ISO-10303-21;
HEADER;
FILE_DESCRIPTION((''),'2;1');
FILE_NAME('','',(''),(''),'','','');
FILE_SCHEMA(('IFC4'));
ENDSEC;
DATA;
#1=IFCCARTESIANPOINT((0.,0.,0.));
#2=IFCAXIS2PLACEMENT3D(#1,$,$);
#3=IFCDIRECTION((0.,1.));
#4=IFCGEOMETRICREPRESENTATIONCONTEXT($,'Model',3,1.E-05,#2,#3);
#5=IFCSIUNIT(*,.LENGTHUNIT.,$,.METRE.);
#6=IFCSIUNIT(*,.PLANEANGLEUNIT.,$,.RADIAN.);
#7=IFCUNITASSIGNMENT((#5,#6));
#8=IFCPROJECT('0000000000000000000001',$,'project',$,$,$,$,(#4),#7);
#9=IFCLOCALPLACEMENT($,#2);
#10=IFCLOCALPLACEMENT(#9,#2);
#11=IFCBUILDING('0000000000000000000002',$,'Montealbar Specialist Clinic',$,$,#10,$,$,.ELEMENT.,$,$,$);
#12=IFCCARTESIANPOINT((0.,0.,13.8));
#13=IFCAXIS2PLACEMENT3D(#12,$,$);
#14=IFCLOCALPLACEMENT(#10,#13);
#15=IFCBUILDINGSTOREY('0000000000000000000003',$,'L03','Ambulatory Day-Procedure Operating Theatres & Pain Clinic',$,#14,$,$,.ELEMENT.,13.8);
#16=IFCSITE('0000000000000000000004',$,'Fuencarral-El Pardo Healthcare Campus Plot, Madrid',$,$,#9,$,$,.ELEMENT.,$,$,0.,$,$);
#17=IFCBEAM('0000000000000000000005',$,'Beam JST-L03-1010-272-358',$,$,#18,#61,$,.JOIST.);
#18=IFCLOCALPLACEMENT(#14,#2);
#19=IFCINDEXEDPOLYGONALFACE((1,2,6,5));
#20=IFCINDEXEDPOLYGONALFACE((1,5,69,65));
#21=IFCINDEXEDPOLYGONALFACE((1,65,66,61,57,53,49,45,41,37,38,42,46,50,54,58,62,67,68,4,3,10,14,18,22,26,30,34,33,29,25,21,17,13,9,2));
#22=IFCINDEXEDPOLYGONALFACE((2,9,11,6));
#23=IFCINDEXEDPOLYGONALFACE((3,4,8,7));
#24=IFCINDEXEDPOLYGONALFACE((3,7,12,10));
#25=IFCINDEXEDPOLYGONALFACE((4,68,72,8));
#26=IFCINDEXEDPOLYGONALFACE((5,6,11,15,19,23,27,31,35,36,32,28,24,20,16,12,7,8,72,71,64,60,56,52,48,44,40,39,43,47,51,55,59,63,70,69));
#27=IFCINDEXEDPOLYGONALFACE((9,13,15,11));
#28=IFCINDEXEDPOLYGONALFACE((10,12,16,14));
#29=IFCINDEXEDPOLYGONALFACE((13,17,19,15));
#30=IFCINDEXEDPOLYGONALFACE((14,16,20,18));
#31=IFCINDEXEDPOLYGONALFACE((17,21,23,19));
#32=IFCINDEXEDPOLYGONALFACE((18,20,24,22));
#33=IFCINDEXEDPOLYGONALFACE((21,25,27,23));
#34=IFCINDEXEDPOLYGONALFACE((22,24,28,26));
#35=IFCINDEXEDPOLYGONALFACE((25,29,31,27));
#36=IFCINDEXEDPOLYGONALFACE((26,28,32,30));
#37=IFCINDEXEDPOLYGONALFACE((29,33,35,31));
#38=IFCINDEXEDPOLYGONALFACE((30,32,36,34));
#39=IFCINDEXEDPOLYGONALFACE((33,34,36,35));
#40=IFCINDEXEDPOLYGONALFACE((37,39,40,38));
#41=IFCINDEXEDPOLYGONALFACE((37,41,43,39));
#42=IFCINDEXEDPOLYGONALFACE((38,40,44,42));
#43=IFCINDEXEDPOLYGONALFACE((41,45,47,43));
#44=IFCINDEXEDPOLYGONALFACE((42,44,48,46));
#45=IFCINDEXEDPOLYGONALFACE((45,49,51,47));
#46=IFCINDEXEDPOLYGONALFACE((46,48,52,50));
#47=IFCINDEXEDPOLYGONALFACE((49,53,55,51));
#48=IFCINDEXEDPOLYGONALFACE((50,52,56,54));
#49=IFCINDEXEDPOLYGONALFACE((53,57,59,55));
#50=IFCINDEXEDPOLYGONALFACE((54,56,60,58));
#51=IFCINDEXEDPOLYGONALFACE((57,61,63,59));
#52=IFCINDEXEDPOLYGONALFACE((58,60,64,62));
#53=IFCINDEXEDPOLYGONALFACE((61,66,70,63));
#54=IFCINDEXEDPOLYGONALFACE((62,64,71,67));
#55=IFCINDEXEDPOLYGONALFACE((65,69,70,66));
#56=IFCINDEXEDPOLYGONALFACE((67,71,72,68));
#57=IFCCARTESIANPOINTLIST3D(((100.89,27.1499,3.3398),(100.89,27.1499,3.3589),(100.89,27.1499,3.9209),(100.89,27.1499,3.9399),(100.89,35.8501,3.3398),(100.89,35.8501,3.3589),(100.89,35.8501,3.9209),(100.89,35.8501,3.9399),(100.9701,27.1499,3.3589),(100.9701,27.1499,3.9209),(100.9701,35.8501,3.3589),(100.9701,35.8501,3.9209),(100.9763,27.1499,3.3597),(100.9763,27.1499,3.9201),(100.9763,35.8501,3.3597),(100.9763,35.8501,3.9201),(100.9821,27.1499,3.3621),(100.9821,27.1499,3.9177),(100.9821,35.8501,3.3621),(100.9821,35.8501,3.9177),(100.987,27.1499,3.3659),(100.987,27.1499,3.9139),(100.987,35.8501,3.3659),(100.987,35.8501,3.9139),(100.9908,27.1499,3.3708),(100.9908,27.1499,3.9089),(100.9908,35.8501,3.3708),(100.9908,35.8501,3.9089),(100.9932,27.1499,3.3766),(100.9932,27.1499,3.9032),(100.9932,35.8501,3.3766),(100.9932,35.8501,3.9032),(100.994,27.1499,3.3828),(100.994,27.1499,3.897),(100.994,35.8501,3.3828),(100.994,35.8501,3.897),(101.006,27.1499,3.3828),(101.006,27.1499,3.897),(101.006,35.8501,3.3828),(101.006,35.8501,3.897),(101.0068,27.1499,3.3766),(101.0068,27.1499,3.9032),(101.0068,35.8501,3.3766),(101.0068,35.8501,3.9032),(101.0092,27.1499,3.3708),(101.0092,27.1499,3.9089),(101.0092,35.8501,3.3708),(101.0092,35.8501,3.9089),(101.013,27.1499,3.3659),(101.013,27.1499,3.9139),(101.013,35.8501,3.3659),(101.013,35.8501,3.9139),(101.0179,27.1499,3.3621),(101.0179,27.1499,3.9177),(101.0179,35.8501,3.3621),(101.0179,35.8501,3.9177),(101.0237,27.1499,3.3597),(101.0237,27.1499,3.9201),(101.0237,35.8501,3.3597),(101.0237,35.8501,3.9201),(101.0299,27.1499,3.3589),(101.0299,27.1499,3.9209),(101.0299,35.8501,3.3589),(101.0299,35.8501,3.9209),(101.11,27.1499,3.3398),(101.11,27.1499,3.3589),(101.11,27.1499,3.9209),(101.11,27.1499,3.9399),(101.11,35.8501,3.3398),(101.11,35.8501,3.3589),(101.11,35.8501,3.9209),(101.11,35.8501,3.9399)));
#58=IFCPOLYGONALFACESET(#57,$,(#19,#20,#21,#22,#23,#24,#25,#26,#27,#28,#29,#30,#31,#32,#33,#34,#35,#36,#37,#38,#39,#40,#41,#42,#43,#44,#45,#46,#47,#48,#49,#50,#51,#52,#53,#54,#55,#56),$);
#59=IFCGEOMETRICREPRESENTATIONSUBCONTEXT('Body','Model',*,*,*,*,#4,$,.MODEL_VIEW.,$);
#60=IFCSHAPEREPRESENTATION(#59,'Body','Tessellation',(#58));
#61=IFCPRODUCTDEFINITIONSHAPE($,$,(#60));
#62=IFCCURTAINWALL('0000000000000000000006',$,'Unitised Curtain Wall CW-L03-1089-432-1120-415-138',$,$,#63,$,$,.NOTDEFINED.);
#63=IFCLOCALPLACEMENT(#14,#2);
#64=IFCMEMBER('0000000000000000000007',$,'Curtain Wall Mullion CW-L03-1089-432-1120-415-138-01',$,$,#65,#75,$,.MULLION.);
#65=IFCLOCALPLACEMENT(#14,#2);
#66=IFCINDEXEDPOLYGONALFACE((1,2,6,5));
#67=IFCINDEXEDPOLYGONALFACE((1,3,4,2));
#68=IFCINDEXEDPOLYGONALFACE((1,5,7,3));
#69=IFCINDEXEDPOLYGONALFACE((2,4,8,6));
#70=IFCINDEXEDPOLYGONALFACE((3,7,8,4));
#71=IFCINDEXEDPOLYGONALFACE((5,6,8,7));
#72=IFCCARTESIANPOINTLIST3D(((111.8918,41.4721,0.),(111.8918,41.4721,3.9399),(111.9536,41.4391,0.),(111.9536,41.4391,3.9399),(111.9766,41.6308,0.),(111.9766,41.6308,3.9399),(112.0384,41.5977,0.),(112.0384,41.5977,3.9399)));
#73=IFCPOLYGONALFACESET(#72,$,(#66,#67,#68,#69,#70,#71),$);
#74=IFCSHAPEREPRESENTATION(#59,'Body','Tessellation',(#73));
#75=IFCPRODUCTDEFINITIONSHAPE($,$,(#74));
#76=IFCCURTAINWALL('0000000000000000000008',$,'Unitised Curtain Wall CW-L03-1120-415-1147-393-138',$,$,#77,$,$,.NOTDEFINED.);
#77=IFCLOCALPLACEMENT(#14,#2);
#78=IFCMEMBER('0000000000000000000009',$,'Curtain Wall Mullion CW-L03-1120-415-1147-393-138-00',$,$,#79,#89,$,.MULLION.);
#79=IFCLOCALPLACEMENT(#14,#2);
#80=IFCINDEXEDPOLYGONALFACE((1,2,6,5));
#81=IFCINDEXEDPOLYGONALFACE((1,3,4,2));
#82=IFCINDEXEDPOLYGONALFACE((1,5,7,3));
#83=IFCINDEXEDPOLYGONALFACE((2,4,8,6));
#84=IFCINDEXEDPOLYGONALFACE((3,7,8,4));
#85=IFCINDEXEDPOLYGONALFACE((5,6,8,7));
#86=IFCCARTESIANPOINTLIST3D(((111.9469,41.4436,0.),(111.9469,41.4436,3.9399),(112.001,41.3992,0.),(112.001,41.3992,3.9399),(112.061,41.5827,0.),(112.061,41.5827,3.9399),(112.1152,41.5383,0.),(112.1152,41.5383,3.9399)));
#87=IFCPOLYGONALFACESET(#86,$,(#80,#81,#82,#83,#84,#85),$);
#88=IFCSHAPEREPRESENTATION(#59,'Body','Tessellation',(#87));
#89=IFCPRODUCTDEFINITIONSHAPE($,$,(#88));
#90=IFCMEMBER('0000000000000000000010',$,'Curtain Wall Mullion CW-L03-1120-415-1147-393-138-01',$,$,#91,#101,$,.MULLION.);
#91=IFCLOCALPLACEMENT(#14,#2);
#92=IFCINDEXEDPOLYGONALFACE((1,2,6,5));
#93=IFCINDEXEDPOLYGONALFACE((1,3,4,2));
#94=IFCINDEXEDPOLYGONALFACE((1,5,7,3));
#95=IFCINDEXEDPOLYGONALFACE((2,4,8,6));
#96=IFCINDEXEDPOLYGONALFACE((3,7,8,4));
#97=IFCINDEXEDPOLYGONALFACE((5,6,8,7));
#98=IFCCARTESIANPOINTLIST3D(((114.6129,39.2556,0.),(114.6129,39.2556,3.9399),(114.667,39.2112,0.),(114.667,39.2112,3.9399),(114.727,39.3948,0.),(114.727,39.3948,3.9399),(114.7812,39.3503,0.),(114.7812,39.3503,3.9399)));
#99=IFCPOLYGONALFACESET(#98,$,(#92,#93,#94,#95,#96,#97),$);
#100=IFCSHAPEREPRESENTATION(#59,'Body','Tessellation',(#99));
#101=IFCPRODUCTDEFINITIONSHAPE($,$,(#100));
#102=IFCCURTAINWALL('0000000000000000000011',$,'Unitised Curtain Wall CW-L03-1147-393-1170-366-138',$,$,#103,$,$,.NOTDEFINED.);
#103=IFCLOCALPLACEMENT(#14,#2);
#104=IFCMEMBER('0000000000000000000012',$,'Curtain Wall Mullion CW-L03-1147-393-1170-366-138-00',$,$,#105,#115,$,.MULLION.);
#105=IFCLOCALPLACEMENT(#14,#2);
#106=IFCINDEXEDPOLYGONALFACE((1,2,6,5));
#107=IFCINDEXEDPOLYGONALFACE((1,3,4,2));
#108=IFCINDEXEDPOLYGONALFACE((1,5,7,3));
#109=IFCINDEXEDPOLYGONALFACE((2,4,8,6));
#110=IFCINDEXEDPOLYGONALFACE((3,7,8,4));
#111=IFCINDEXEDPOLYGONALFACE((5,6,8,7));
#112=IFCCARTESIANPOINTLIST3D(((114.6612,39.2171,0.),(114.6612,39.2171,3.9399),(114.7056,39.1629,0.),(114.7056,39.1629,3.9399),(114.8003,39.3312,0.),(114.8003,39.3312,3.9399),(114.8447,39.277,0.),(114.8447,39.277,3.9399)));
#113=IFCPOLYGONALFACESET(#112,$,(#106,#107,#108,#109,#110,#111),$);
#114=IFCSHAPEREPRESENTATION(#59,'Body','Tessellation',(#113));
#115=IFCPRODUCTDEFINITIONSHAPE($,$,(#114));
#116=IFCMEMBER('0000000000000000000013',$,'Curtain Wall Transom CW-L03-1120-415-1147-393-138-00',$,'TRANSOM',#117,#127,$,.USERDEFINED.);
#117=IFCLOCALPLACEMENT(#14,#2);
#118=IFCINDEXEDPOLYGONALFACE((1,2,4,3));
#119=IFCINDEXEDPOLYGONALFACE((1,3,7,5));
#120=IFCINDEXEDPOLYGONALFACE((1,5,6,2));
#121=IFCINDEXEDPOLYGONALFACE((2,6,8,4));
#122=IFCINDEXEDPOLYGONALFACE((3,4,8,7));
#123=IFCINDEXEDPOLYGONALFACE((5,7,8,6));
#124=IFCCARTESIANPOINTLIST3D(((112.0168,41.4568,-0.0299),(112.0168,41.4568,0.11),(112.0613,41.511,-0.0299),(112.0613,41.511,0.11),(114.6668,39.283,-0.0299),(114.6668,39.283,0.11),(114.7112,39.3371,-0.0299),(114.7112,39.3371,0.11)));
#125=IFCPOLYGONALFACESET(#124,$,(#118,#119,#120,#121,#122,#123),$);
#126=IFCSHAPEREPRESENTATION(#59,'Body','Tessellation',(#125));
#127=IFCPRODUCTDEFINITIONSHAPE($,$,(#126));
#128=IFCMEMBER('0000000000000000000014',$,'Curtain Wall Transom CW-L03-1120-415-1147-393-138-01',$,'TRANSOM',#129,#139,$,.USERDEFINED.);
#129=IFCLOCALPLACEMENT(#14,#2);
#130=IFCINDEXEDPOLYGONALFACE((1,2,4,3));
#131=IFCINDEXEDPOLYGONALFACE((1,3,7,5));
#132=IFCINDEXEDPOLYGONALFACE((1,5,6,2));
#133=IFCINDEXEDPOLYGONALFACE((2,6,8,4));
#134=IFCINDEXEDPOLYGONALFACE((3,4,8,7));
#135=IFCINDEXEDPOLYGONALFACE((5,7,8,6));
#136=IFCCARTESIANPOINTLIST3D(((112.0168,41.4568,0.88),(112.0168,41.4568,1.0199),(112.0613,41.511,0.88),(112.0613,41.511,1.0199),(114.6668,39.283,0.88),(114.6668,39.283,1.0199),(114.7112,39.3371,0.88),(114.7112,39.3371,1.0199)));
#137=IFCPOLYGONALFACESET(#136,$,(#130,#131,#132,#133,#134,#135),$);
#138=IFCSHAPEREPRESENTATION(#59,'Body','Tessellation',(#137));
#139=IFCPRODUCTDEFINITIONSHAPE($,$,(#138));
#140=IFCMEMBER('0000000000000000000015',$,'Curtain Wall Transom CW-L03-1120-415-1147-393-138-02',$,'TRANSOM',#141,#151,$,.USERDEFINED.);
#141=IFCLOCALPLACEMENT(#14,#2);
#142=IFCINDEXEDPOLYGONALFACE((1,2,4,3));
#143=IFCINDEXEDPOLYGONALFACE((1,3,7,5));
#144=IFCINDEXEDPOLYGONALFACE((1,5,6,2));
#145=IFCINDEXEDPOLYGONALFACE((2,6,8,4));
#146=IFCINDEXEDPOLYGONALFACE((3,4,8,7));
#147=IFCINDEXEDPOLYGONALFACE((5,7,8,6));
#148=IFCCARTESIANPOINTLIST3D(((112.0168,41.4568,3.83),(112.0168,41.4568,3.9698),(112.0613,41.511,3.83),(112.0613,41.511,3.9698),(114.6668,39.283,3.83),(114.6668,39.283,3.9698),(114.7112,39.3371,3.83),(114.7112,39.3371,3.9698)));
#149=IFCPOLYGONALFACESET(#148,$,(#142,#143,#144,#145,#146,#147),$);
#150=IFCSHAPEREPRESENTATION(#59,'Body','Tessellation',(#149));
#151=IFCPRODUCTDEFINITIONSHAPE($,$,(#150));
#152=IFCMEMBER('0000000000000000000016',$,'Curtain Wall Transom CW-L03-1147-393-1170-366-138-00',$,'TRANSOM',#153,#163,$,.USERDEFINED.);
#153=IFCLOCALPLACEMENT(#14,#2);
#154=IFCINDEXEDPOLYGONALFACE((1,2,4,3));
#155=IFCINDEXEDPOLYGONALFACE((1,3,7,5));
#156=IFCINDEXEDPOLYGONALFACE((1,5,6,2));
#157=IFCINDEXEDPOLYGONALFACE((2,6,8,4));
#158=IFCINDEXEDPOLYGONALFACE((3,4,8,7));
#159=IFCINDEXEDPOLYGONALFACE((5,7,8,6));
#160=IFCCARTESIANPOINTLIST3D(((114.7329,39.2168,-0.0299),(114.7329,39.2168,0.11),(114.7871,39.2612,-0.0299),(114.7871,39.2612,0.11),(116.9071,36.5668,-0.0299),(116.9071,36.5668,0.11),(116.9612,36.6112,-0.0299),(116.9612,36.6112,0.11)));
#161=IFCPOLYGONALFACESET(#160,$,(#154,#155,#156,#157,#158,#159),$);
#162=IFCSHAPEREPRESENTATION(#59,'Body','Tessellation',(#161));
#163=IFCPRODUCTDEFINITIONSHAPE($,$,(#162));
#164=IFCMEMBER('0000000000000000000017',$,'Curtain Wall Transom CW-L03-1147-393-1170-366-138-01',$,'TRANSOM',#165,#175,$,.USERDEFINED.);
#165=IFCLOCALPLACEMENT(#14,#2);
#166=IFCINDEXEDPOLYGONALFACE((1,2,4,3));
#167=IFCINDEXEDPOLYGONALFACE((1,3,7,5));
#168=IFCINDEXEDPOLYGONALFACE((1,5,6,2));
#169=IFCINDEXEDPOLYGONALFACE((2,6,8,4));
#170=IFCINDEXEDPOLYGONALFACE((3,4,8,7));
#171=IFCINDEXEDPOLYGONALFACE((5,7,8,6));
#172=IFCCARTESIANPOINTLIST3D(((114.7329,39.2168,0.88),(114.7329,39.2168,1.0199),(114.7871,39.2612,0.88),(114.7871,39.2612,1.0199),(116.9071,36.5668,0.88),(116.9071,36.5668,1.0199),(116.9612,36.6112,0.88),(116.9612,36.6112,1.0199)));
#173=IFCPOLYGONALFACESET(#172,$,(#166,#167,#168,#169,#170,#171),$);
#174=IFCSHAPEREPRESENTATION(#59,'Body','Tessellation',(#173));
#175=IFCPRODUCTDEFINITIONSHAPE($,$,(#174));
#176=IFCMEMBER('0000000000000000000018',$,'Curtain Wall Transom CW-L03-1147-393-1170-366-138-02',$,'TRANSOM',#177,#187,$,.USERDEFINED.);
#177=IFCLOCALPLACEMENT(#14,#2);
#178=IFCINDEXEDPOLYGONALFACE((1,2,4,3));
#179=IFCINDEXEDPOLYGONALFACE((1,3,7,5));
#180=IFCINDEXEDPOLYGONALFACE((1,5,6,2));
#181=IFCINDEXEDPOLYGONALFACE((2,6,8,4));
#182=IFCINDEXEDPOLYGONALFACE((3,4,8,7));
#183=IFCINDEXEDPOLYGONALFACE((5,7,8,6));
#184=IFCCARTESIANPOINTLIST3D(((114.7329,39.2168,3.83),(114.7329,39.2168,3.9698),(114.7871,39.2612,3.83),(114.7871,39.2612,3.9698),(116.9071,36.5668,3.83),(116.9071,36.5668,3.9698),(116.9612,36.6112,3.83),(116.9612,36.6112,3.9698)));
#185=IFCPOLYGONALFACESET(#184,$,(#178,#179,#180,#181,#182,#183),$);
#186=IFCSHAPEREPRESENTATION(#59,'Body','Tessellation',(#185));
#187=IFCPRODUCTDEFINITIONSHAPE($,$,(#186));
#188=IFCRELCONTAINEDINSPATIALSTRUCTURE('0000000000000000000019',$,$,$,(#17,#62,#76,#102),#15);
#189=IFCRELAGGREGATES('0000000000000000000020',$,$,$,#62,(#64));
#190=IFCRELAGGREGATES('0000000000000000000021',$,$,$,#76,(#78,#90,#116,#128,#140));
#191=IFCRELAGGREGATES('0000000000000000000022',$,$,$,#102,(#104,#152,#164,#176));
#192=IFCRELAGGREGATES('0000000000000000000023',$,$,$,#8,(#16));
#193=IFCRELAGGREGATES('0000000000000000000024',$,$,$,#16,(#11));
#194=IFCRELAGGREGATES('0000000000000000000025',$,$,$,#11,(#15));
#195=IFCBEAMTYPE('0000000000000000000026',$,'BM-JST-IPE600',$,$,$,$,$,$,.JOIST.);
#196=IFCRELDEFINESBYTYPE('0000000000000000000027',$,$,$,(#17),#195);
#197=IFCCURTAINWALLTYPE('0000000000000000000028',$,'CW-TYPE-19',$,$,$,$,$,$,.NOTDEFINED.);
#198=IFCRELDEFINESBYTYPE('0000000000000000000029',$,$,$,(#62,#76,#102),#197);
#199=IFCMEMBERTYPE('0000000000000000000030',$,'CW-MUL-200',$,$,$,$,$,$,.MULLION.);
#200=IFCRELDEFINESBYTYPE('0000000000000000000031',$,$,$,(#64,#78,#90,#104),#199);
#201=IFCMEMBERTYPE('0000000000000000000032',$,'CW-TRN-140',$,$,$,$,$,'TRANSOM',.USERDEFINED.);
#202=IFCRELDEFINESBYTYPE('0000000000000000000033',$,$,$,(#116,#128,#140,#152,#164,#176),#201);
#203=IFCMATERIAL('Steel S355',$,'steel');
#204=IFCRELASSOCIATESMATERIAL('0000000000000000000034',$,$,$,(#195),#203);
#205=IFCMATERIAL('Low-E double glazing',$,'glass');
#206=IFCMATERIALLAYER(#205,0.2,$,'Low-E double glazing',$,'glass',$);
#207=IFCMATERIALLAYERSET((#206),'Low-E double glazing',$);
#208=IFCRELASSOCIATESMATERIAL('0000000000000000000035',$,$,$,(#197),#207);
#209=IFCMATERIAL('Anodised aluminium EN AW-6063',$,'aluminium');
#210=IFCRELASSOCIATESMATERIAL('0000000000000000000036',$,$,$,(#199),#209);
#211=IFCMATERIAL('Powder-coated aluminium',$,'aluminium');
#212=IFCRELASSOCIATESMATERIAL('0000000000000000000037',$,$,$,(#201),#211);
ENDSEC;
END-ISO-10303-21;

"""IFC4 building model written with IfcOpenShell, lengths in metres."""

from ifc_helpers import new_model, si_unit, direction, frame, origin, origin_2d, place, context, subcontext, project, spatial, rectangle, i_section, extrude, material, layer, layer_set, material_profile, profile_set, type_object, element, aggregate, save


model = new_model("IFC4")

# Units and contexts
model_context = context("Model", 3, precision=1e-05, world=origin(), true_north=direction((0.0, 1.0)))
body_context = subcontext(model_context, "Body", "Model", "MODEL_VIEW")
ifc_project = project(units=[si_unit("LENGTHUNIT", "METRE"), si_unit("PLANEANGLEUNIT", "RADIAN")], contexts=[model_context])

# Site, building, storey
site_placement = place(None, origin())
site = spatial("IfcSite", under=ifc_project, at=site_placement, Name="Fuencarral-El Pardo Healthcare Campus Plot, Madrid", CompositionType="ELEMENT", RefElevation=0.0)
building_placement = place(site_placement, origin())
building = spatial("IfcBuilding", under=site, at=building_placement, Name="Montealbar Specialist Clinic", CompositionType="ELEMENT")
storey_placement = place(building_placement, frame((0.0, 0.0, 13.8)))
storey = spatial("IfcBuildingStorey", under=building, at=storey_placement, Name="L03", Description="Ambulatory Day-Procedure Operating Theatres & Pain Clinic", CompositionType="ELEMENT", Elevation=13.8)

# Shared definitions
ifc_material_1 = material(Name="Steel S355", Category="steel")

# Beam
ifc_material_profile_1 = material_profile(ifc_material_1, i_section(OverallWidth=0.22, OverallDepth=0.6001, WebThickness=0.012, FlangeThickness=0.019, FilletRadius=0.0239, at=origin_2d()), Name="IPE 600", Category="steel")
ifc_profile_set_1 = profile_set([ifc_material_profile_1], Name="Steel S355")
beam_type_1 = type_object("IfcBeamType", Name="BM-JST-IPE600", PredefinedType="JOIST", material=ifc_profile_set_1)
beam_1_placement = place(storey_placement, frame((101.0, 27.1499, 3.6399), z_axis=(0.0, 1.0, 0.0), x_axis=(-1.0, 0.0, 0.0)))
element("IfcBeam", 1, at=beam_1_placement, inside=storey, type_object=beam_type_1, Name="Beam JST-L03-1010-272-358", PredefinedType="JOIST", context=body_context, shape_type="SweptSolid", body=[
    extrude(i_section(OverallWidth=0.22, OverallDepth=0.6001, WebThickness=0.012, FlangeThickness=0.019, FilletRadius=0.0239, at=origin_2d()), origin(), (0.0, 0.0, 1.0), 8.7002),
])

# Curtain wall, member
ifc_material_2 = material(Name="Low-E double glazing", Category="glass")
ifc_layer_1 = layer(ifc_material_2, 0.2, Name="Low-E double glazing", Category="glass")
ifc_layer_set_1 = layer_set([ifc_layer_1], Name="Low-E double glazing")
curtain_wall_type = type_object("IfcCurtainWallType", Name="CW-TYPE-19", PredefinedType="NOTDEFINED", material=ifc_layer_set_1)
curtain_wall_1_placement = place(storey_placement, origin())
curtain_wall_1 = element("IfcCurtainWall", 2, at=curtain_wall_1_placement, inside=storey, type_object=curtain_wall_type, Name="Unitised Curtain Wall CW-L03-1089-432-1120-415-138", PredefinedType="NOTDEFINED")
ifc_material_3 = material(Name="Anodised aluminium EN AW-6063", Category="aluminium")
ifc_material_profile_2 = material_profile(ifc_material_3, rectangle(XDim=0.0701, YDim=0.1799, at=origin_2d()), Name="ALU 70x180", Category="aluminium")
ifc_profile_set_2 = profile_set([ifc_material_profile_2], Name="Anodised aluminium EN AW-6063")
member_type_1 = type_object("IfcMemberType", Name="CW-MUL-200", PredefinedType="MULLION", material=ifc_profile_set_2)
member_1_placement = place(storey_placement, frame((111.9651, 41.5349, 0.0), z_axis=(0.0, 0.0, 1.0), x_axis=(0.88185, -0.471529, 0.0)))
member_1 = element("IfcMember", 3, at=member_1_placement, type_object=member_type_1, Name="Curtain Wall Mullion CW-L03-1089-432-1120-415-138-01", PredefinedType="MULLION", context=body_context, shape_type="SweptSolid", body=[
    extrude(rectangle(XDim=0.0701, YDim=0.1799, at=origin_2d()), origin(), (0.0, 0.0, 1.0), 3.9399),
])
aggregate(curtain_wall_1, [member_1])

# Curtain wall, members
curtain_wall_2_placement = place(storey_placement, origin())
curtain_wall_2 = element("IfcCurtainWall", 4, at=curtain_wall_2_placement, inside=storey, type_object=curtain_wall_type, Name="Unitised Curtain Wall CW-L03-1120-415-1147-393-138", PredefinedType="NOTDEFINED")
member_2_placement = place(storey_placement, frame((112.031, 41.491, 0.0), z_axis=(0.0, 0.0, 1.0), x_axis=(0.773123, -0.634256, 0.0)))
member_2 = element("IfcMember", 5, at=member_2_placement, type_object=member_type_1, Name="Curtain Wall Mullion CW-L03-1120-415-1147-393-138-00", PredefinedType="MULLION", context=body_context, shape_type="SweptSolid", body=[
    extrude(rectangle(XDim=0.0701, YDim=0.1799, at=origin_2d()), origin(), (0.0, 0.0, 1.0), 3.9399),
])
member_3_placement = place(storey_placement, frame((114.697, 39.303, 0.0), z_axis=(0.0, 0.0, 1.0), x_axis=(0.773123, -0.634256, 0.0)))
member_3 = element("IfcMember", 6, at=member_3_placement, type_object=member_type_1, Name="Curtain Wall Mullion CW-L03-1120-415-1147-393-138-01", PredefinedType="MULLION", context=body_context, shape_type="SweptSolid", body=[
    extrude(rectangle(XDim=0.0701, YDim=0.1799, at=origin_2d()), origin(), (0.0, 0.0, 1.0), 3.9399),
])

# Curtain wall, member
curtain_wall_3_placement = place(storey_placement, origin())
curtain_wall_3 = element("IfcCurtainWall", 7, at=curtain_wall_3_placement, inside=storey, type_object=curtain_wall_type, Name="Unitised Curtain Wall CW-L03-1147-393-1170-366-138", PredefinedType="NOTDEFINED")
member_4_placement = place(storey_placement, frame((114.7529, 39.2471, 0.0), z_axis=(0.0, 0.0, 1.0), x_axis=(0.634256, -0.773123, 0.0)))
member_4 = element("IfcMember", 8, at=member_4_placement, type_object=member_type_1, Name="Curtain Wall Mullion CW-L03-1147-393-1170-366-138-00", PredefinedType="MULLION", context=body_context, shape_type="SweptSolid", body=[
    extrude(rectangle(XDim=0.0701, YDim=0.1799, at=origin_2d()), origin(), (0.0, 0.0, 1.0), 3.9399),
])

# Members
ifc_material_4 = material(Name="Powder-coated aluminium", Category="aluminium")
ifc_material_profile_3 = material_profile(ifc_material_4, rectangle(XDim=0.0701, YDim=0.1399, at=origin_2d()), Name="ALU 70x140", Category="aluminium")
ifc_profile_set_3 = profile_set([ifc_material_profile_3], Name="Powder-coated aluminium")
member_type_2 = type_object("IfcMemberType", Name="CW-TRN-140", ElementType="TRANSOM", PredefinedType="USERDEFINED", material=ifc_profile_set_3)
member_5_placement = place(storey_placement, frame((112.0391, 41.4839, 0.04), z_axis=(0.773138, -0.634238, 0.0), x_axis=(0.634238, 0.773138, 0.0)))
member_5 = element("IfcMember", 9, at=member_5_placement, type_object=member_type_2, Name="Curtain Wall Transom CW-L03-1120-415-1147-393-138-00", ObjectType="TRANSOM", PredefinedType="USERDEFINED", context=body_context, shape_type="SweptSolid", body=[
    extrude(rectangle(XDim=0.0701, YDim=0.1399, at=origin_2d()), origin(), (0.0, 0.0, 1.0), 3.4275),
])
member_6_placement = place(storey_placement, frame((112.0391, 41.4839, 0.95), z_axis=(0.773138, -0.634238, 0.0), x_axis=(0.634238, 0.773138, 0.0)))
member_6 = element("IfcMember", 10, at=member_6_placement, type_object=member_type_2, Name="Curtain Wall Transom CW-L03-1120-415-1147-393-138-01", ObjectType="TRANSOM", PredefinedType="USERDEFINED", context=body_context, shape_type="SweptSolid", body=[
    extrude(rectangle(XDim=0.0701, YDim=0.1399, at=origin_2d()), origin(), (0.0, 0.0, 1.0), 3.4275),
])
member_7_placement = place(storey_placement, frame((112.0391, 41.4839, 3.8999), z_axis=(0.773138, -0.634238, 0.0), x_axis=(0.634238, 0.773138, 0.0)))
member_7 = element("IfcMember", 11, at=member_7_placement, type_object=member_type_2, Name="Curtain Wall Transom CW-L03-1120-415-1147-393-138-02", ObjectType="TRANSOM", PredefinedType="USERDEFINED", context=body_context, shape_type="SweptSolid", body=[
    extrude(rectangle(XDim=0.0701, YDim=0.1399, at=origin_2d()), origin(), (0.0, 0.0, 1.0), 3.4275),
])
member_8_placement = place(storey_placement, frame((114.76, 39.239, 0.04), z_axis=(0.634281, -0.773103, 0.0), x_axis=(0.773103, 0.634281, 0.0)))
member_8 = element("IfcMember", 12, at=member_8_placement, type_object=member_type_2, Name="Curtain Wall Transom CW-L03-1147-393-1170-366-138-00", ObjectType="TRANSOM", PredefinedType="USERDEFINED", context=body_context, shape_type="SweptSolid", body=[
    extrude(rectangle(XDim=0.0701, YDim=0.1399, at=origin_2d()), origin(), (0.0, 0.0, 1.0), 3.4277),
])
member_9_placement = place(storey_placement, frame((114.76, 39.239, 0.95), z_axis=(0.634281, -0.773103, 0.0), x_axis=(0.773103, 0.634281, 0.0)))
member_9 = element("IfcMember", 13, at=member_9_placement, type_object=member_type_2, Name="Curtain Wall Transom CW-L03-1147-393-1170-366-138-01", ObjectType="TRANSOM", PredefinedType="USERDEFINED", context=body_context, shape_type="SweptSolid", body=[
    extrude(rectangle(XDim=0.0701, YDim=0.1399, at=origin_2d()), origin(), (0.0, 0.0, 1.0), 3.4277),
])
member_10_placement = place(storey_placement, frame((114.76, 39.239, 3.8999), z_axis=(0.634281, -0.773103, 0.0), x_axis=(0.773103, 0.634281, 0.0)))
member_10 = element("IfcMember", 14, at=member_10_placement, type_object=member_type_2, Name="Curtain Wall Transom CW-L03-1147-393-1170-366-138-02", ObjectType="TRANSOM", PredefinedType="USERDEFINED", context=body_context, shape_type="SweptSolid", body=[
    extrude(rectangle(XDim=0.0701, YDim=0.1399, at=origin_2d()), origin(), (0.0, 0.0, 1.0), 3.4277),
])

aggregate(curtain_wall_2, [member_2, member_3, member_5, member_6, member_7])
aggregate(curtain_wall_3, [member_4, member_8, member_9, member_10])

save(model, "model.ifc")
